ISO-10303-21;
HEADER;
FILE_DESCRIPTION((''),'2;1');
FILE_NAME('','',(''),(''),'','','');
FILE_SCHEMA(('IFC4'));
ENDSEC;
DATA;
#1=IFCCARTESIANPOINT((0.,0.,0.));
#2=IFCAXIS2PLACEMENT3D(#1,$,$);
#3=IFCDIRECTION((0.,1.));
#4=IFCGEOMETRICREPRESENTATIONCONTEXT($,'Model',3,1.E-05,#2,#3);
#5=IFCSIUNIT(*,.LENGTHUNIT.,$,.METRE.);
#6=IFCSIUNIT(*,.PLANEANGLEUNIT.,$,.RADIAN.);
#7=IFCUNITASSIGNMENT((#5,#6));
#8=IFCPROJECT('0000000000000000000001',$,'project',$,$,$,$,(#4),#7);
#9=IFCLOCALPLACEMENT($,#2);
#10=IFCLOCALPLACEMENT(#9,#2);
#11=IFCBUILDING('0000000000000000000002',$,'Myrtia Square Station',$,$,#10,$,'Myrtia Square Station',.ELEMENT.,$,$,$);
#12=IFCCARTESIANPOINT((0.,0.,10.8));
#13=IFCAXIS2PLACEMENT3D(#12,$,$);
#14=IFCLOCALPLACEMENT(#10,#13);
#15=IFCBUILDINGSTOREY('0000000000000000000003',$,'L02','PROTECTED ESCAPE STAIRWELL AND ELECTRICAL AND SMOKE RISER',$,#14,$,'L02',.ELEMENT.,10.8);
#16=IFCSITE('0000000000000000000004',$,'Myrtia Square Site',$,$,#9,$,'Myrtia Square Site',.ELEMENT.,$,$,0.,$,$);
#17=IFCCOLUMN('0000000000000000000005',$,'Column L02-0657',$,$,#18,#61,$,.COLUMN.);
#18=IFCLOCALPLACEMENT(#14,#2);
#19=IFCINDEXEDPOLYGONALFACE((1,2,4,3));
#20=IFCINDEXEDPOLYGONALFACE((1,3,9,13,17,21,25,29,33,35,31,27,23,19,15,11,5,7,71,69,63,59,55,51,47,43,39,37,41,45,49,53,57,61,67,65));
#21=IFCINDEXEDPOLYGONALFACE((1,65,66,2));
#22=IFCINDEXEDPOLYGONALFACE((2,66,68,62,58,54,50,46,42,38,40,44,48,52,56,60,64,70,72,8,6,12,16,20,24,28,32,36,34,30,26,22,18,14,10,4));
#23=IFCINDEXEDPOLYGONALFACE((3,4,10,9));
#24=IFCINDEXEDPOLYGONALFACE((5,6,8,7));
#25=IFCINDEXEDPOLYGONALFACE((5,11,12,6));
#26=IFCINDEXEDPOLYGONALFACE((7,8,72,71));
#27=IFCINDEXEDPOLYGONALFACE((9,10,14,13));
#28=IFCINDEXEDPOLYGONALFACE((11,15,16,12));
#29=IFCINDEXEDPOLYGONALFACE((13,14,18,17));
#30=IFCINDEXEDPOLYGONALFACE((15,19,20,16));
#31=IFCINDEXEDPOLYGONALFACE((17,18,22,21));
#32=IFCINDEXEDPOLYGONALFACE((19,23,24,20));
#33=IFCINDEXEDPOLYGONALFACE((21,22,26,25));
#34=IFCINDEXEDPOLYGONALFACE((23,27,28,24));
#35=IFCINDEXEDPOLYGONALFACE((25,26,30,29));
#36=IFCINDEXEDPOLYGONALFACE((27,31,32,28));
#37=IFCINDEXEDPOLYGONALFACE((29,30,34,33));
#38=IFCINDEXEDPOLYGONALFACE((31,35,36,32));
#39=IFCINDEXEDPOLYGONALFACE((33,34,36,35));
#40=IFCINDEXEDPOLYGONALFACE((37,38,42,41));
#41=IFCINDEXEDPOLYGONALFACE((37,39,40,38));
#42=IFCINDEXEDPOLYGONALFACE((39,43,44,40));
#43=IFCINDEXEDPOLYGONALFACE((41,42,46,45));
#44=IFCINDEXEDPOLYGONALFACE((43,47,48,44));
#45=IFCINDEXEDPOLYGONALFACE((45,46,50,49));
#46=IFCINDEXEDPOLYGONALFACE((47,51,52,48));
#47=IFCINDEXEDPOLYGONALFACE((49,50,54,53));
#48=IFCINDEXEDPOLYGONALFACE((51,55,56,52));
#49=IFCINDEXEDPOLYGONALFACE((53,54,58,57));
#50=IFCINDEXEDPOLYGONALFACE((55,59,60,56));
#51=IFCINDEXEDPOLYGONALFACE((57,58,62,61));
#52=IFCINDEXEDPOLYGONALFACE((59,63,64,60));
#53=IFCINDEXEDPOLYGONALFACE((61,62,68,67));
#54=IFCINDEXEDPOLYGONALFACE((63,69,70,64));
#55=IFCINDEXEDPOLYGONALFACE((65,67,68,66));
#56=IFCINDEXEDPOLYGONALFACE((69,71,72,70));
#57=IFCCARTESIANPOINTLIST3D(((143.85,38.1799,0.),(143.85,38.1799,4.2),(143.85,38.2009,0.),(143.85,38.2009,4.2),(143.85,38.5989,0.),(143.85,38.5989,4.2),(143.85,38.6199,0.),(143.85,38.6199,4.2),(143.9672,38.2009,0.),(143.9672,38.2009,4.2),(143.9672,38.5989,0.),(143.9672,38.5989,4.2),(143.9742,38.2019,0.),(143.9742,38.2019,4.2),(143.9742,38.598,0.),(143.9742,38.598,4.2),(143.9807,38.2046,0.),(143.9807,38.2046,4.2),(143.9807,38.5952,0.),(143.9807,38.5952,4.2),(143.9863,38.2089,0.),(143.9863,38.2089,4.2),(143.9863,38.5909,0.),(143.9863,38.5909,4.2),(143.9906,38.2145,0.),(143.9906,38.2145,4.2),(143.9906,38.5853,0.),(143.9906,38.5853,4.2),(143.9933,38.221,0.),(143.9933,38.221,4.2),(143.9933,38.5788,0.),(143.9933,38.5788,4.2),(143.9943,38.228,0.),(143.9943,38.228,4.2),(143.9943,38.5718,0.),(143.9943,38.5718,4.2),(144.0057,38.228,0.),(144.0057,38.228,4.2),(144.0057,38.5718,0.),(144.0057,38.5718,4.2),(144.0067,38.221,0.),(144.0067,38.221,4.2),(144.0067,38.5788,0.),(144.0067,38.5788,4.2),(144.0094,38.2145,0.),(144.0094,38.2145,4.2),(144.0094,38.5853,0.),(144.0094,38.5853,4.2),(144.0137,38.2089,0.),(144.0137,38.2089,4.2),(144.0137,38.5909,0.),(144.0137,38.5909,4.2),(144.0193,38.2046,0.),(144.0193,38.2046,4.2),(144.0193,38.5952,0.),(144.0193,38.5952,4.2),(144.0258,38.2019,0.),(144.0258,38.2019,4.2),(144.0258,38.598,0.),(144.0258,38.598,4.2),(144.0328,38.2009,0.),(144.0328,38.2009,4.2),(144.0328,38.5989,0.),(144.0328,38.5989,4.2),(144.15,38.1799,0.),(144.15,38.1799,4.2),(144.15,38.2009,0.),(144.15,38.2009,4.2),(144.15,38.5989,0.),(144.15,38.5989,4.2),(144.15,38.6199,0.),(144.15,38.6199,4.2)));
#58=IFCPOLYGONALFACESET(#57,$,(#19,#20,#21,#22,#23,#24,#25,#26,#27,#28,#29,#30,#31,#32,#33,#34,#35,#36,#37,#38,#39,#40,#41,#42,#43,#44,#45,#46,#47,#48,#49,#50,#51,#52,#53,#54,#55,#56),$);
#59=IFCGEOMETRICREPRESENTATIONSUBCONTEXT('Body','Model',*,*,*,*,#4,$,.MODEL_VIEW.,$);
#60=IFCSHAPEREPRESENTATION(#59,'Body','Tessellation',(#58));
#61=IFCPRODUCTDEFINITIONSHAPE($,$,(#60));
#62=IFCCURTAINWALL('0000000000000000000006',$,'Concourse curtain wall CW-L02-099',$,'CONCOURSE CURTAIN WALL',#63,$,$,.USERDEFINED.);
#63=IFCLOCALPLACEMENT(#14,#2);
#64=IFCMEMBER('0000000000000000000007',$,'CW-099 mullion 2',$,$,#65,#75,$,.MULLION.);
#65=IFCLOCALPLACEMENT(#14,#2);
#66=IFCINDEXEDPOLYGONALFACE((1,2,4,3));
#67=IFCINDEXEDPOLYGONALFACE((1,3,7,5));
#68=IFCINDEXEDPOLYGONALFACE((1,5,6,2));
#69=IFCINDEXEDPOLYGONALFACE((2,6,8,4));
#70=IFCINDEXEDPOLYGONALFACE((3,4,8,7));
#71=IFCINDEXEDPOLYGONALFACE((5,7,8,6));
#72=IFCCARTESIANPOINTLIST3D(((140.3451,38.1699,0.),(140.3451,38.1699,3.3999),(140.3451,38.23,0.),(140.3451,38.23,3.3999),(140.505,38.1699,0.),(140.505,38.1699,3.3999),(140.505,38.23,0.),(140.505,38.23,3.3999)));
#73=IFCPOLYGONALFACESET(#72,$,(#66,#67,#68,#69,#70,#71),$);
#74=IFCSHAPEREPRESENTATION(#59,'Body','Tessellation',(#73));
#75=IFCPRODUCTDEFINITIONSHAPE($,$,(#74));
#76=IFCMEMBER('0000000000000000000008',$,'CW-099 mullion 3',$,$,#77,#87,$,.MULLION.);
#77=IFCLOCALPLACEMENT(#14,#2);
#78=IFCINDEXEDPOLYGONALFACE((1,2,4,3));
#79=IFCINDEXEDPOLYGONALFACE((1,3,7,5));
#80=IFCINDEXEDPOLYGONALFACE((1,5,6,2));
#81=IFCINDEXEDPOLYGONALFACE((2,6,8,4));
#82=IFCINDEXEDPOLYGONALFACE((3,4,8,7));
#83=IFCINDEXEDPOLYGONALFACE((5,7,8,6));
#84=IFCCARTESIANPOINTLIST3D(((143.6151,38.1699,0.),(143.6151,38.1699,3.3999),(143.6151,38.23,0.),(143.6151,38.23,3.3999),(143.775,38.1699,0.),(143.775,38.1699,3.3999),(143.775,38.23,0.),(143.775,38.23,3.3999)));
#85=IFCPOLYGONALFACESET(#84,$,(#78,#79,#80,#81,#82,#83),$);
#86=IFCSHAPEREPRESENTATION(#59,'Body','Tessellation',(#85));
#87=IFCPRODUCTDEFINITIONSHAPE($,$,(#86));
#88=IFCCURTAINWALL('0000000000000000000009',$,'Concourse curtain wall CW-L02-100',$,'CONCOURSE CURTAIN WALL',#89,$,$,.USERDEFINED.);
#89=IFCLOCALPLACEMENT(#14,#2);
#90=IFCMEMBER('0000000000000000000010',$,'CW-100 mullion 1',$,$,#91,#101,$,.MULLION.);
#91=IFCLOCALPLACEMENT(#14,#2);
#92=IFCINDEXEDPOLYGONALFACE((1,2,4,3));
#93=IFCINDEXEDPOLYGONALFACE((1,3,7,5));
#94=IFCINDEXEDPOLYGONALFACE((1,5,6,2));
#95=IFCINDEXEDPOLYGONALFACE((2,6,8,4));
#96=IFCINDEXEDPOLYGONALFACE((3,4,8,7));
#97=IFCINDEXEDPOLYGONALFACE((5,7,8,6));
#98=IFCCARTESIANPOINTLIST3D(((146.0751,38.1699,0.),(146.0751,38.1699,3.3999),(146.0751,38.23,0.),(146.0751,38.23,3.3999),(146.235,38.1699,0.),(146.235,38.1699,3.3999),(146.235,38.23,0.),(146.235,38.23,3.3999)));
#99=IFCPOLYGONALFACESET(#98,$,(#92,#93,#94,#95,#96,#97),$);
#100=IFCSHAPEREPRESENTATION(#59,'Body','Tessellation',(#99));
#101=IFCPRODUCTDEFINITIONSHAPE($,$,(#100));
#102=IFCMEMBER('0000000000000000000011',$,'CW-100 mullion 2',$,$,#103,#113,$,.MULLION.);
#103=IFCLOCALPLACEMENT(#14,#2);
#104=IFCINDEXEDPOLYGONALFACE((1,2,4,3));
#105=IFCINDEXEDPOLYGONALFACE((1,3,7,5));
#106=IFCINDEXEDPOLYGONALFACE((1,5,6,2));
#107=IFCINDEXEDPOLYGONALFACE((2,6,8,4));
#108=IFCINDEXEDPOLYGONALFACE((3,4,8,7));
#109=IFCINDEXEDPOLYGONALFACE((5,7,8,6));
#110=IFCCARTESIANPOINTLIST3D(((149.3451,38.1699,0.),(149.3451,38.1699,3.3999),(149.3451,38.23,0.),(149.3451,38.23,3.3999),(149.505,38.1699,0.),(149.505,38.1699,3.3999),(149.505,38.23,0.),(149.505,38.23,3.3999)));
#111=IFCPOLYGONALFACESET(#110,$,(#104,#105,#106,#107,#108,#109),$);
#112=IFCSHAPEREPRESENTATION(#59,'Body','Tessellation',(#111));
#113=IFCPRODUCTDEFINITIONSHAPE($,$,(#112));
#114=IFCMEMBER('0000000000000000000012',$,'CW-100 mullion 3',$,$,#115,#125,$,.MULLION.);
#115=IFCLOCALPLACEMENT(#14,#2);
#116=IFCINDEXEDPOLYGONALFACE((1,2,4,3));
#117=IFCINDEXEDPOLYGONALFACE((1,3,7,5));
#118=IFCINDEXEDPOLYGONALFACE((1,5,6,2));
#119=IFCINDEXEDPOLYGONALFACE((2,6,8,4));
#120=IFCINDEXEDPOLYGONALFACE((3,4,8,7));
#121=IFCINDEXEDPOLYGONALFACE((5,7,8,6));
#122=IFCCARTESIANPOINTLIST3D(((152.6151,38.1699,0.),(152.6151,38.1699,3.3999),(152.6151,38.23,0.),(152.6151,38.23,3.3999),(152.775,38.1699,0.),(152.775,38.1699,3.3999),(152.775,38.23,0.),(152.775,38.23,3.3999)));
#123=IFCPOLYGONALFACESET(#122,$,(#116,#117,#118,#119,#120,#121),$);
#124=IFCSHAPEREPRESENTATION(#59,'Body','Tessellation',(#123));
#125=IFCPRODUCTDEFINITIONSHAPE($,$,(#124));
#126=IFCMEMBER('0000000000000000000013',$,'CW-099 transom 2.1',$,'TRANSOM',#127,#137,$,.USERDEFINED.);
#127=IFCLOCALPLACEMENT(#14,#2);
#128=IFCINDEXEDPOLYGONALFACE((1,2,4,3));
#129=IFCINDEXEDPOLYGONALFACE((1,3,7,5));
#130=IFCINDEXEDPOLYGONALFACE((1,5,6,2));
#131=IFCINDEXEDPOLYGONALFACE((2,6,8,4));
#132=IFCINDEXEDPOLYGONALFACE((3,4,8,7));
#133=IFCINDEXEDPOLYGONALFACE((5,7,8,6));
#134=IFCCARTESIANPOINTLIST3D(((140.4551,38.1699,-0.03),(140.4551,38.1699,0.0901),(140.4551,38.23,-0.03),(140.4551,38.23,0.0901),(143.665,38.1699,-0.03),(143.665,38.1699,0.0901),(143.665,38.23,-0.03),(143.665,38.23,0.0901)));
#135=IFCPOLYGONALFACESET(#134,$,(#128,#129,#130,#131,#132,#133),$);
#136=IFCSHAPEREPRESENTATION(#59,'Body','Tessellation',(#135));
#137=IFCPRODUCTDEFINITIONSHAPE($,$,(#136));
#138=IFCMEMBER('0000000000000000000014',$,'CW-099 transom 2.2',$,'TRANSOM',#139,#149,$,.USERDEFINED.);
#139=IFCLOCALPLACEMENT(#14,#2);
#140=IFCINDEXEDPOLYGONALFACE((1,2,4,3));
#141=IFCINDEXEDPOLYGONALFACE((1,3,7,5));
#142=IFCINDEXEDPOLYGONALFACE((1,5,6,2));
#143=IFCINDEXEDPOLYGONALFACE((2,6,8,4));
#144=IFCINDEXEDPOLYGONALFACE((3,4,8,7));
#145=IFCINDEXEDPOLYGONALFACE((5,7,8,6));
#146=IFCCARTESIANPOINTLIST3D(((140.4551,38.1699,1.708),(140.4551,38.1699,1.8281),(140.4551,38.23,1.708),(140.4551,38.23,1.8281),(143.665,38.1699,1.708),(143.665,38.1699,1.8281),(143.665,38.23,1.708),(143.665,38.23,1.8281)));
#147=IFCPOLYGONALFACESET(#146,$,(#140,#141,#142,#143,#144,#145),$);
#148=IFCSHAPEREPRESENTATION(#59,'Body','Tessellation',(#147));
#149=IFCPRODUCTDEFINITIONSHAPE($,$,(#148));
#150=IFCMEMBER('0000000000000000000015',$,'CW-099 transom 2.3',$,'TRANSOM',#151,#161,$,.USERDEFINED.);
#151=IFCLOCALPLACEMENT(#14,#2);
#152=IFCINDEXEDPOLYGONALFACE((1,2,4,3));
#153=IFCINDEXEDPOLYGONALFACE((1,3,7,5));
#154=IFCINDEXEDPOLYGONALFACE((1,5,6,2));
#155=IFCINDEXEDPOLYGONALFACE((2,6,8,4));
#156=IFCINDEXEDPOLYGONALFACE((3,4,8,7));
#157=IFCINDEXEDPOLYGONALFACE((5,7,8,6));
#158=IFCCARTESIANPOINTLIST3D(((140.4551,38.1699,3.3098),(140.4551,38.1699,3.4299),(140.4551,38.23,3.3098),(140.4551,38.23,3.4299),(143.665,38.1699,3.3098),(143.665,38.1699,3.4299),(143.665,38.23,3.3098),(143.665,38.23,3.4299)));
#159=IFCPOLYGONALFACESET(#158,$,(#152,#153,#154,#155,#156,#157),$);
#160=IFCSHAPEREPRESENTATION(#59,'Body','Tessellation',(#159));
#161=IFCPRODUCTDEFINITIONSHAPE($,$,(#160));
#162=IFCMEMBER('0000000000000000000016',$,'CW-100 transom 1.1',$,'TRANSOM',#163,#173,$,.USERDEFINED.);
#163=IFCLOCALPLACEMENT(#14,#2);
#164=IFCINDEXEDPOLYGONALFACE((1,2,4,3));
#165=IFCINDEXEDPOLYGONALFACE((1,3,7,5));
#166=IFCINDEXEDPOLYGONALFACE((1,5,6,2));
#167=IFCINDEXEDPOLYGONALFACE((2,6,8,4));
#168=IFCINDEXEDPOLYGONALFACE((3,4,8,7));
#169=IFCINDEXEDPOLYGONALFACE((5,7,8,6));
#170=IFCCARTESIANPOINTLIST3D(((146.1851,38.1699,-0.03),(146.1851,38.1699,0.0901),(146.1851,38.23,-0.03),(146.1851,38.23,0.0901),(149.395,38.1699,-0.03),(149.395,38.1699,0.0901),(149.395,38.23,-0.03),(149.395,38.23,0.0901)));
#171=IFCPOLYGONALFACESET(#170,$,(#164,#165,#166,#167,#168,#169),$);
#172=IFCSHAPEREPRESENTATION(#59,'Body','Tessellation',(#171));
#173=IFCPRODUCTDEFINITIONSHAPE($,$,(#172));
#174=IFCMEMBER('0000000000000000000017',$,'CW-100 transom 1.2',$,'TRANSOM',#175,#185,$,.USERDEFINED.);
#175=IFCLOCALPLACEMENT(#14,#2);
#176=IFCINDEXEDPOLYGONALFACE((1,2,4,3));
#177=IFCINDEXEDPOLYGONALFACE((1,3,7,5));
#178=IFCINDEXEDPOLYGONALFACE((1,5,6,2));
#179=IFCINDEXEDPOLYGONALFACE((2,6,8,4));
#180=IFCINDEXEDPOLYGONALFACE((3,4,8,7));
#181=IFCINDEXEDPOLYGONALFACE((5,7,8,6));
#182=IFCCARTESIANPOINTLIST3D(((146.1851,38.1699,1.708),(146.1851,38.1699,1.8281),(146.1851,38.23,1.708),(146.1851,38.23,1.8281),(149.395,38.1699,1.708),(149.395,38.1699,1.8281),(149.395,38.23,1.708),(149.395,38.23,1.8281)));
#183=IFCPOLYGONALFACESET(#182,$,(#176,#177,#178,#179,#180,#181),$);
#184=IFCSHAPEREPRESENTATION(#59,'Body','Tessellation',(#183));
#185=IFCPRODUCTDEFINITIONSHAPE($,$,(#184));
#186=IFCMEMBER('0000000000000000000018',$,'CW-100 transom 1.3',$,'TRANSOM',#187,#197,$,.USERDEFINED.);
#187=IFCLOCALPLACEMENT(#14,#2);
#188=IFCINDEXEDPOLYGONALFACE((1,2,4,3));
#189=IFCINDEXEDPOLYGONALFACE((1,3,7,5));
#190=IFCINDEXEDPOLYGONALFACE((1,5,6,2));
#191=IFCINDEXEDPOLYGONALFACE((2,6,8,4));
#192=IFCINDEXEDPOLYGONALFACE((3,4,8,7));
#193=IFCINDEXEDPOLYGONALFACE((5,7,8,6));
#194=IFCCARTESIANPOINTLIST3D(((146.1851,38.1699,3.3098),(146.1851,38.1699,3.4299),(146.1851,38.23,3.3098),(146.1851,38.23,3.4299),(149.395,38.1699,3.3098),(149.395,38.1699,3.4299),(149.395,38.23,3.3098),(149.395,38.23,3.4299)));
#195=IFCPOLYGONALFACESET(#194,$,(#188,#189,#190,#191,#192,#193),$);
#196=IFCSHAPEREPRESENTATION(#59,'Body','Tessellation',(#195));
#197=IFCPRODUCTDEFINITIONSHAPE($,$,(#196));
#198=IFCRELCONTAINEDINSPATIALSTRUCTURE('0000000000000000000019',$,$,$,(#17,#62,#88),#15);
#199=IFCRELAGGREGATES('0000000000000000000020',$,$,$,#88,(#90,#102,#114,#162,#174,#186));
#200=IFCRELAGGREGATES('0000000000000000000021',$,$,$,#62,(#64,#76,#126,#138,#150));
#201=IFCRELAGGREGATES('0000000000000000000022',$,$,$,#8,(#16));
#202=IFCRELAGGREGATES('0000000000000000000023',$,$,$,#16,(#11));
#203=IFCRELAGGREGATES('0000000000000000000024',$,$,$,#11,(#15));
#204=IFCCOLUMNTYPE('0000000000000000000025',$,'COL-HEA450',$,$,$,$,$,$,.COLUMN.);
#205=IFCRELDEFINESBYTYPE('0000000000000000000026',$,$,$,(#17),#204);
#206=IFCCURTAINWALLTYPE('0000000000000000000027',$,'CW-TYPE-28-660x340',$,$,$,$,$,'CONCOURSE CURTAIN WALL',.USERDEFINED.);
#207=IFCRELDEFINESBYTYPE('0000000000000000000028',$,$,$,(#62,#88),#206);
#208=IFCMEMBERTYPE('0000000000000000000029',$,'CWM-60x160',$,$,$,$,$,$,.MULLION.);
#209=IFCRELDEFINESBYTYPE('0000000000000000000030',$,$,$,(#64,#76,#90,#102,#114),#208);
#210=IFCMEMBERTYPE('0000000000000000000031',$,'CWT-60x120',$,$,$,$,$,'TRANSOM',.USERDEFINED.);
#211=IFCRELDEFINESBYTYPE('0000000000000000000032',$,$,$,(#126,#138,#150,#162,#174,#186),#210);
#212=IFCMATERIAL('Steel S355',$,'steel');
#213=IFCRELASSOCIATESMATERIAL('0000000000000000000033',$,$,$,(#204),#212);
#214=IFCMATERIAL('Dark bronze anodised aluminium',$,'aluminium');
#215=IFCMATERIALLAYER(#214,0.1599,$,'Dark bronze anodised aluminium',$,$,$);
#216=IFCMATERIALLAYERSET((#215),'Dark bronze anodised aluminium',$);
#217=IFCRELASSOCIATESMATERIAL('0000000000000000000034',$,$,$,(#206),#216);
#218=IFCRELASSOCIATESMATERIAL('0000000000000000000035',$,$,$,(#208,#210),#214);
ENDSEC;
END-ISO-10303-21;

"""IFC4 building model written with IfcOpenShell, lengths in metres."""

from ifc_helpers import new_model, si_unit, direction, frame, origin, origin_2d, place, context, subcontext, project, spatial, rectangle, i_section, extrude, material, layer, layer_set, material_profile, profile_set, type_object, element, aggregate, save


model = new_model("IFC4")

# Units and contexts
model_context = context("Model", 3, precision=1e-05, world=origin(), true_north=direction((0.0, 1.0)))
body_context = subcontext(model_context, "Body", "Model", "MODEL_VIEW")
ifc_project = project(units=[si_unit("LENGTHUNIT", "METRE"), si_unit("PLANEANGLEUNIT", "RADIAN")], contexts=[model_context])

# Site, building, storey
site_placement = place(None, origin())
site = spatial("IfcSite", under=ifc_project, at=site_placement, Name="Myrtia Square Site", LongName="Myrtia Square Site", CompositionType="ELEMENT", RefElevation=0.0)
building_placement = place(site_placement, origin())
building = spatial("IfcBuilding", under=site, at=building_placement, Name="Myrtia Square Station", LongName="Myrtia Square Station", CompositionType="ELEMENT")
storey_placement = place(building_placement, frame((0.0, 0.0, 10.8)))
storey = spatial("IfcBuildingStorey", under=building, at=storey_placement, Name="L02", Description="PROTECTED ESCAPE STAIRWELL AND ELECTRICAL AND SMOKE RISER", LongName="L02", CompositionType="ELEMENT", Elevation=10.8)

# Column
ifc_material_1 = material(Name="Steel S355", Category="steel")
ifc_material_profile_1 = material_profile(ifc_material_1, i_section(OverallWidth=0.3, OverallDepth=0.4399, WebThickness=0.0115, FlangeThickness=0.021, FilletRadius=0.0271, at=origin_2d()), Name="HEA 450")
ifc_profile_set_1 = profile_set([ifc_material_profile_1], Name="Steel S355")
column_type = type_object("IfcColumnType", Name="COL-HEA450", PredefinedType="COLUMN", material=ifc_profile_set_1)
column_placement = place(storey_placement, frame((144.0, 38.3999, 0.0), z_axis=(0.0, 0.0, 1.0), x_axis=(1.0, 0.0, 0.0)))
element("IfcColumn", 1, at=column_placement, inside=storey, type_object=column_type, Name="Column L02-0657", PredefinedType="COLUMN", context=body_context, shape_type="SweptSolid", body=[
    extrude(i_section(OverallWidth=0.3, OverallDepth=0.4399, WebThickness=0.0115, FlangeThickness=0.021, FilletRadius=0.0271, at=origin_2d()), origin(), (0.0, 0.0, 1.0), 4.2),
])

# Curtain walls, members
ifc_material_2 = material(Name="Dark bronze anodised aluminium", Category="aluminium")
ifc_layer_1 = layer(ifc_material_2, 0.1599, Name="Dark bronze anodised aluminium")
ifc_layer_set_1 = layer_set([ifc_layer_1], Name="Dark bronze anodised aluminium")
curtain_wall_type = type_object("IfcCurtainWallType", Name="CW-TYPE-28-660x340", ElementType="CONCOURSE CURTAIN WALL", PredefinedType="USERDEFINED", material=ifc_layer_set_1)
curtain_wall_1_placement = place(storey_placement, origin())
curtain_wall_1 = element("IfcCurtainWall", 2, at=curtain_wall_1_placement, inside=storey, type_object=curtain_wall_type, Name="Concourse curtain wall CW-L02-099", ObjectType="CONCOURSE CURTAIN WALL", PredefinedType="USERDEFINED")
ifc_material_profile_2 = material_profile(ifc_material_2, rectangle(XDim=0.0601, YDim=0.1599, at=origin_2d()), Name="ALU-M 60x160")
ifc_profile_set_2 = profile_set([ifc_material_profile_2], Name="Dark bronze anodised aluminium")
member_type_1 = type_object("IfcMemberType", Name="CWM-60x160", PredefinedType="MULLION", material=ifc_profile_set_2)
member_1_placement = place(storey_placement, frame((140.425, 38.2, 0.0), z_axis=(0.0, 0.0, 1.0), x_axis=(0.0, 1.0, 0.0)))
member_1 = element("IfcMember", 3, at=member_1_placement, type_object=member_type_1, Name="CW-099 mullion 2", PredefinedType="MULLION", context=body_context, shape_type="SweptSolid", body=[
    extrude(rectangle(XDim=0.0601, YDim=0.1599, at=origin_2d()), origin(), (0.0, 0.0, 1.0), 3.3999),
])
member_2_placement = place(storey_placement, frame((143.6951, 38.2, 0.0), z_axis=(0.0, 0.0, 1.0), x_axis=(0.0, 1.0, 0.0)))
member_2 = element("IfcMember", 4, at=member_2_placement, type_object=member_type_1, Name="CW-099 mullion 3", PredefinedType="MULLION", context=body_context, shape_type="SweptSolid", body=[
    extrude(rectangle(XDim=0.0601, YDim=0.1599, at=origin_2d()), origin(), (0.0, 0.0, 1.0), 3.3999),
])
curtain_wall_2_placement = place(storey_placement, origin())
curtain_wall_2 = element("IfcCurtainWall", 5, at=curtain_wall_2_placement, inside=storey, type_object=curtain_wall_type, Name="Concourse curtain wall CW-L02-100", ObjectType="CONCOURSE CURTAIN WALL", PredefinedType="USERDEFINED")
member_3_placement = place(storey_placement, frame((146.155, 38.2, 0.0), z_axis=(0.0, 0.0, 1.0), x_axis=(0.0, 1.0, 0.0)))
member_3 = element("IfcMember", 6, at=member_3_placement, type_object=member_type_1, Name="CW-100 mullion 1", PredefinedType="MULLION", context=body_context, shape_type="SweptSolid", body=[
    extrude(rectangle(XDim=0.0601, YDim=0.1599, at=origin_2d()), origin(), (0.0, 0.0, 1.0), 3.3999),
])
member_4_placement = place(storey_placement, frame((149.425, 38.2, 0.0), z_axis=(0.0, 0.0, 1.0), x_axis=(0.0, 1.0, 0.0)))
member_4 = element("IfcMember", 7, at=member_4_placement, type_object=member_type_1, Name="CW-100 mullion 2", PredefinedType="MULLION", context=body_context, shape_type="SweptSolid", body=[
    extrude(rectangle(XDim=0.0601, YDim=0.1599, at=origin_2d()), origin(), (0.0, 0.0, 1.0), 3.3999),
])
member_5_placement = place(storey_placement, frame((152.6951, 38.2, 0.0), z_axis=(0.0, 0.0, 1.0), x_axis=(0.0, 1.0, 0.0)))
member_5 = element("IfcMember", 8, at=member_5_placement, type_object=member_type_1, Name="CW-100 mullion 3", PredefinedType="MULLION", context=body_context, shape_type="SweptSolid", body=[
    extrude(rectangle(XDim=0.0601, YDim=0.1599, at=origin_2d()), origin(), (0.0, 0.0, 1.0), 3.3999),
])

# Members
ifc_material_profile_3 = material_profile(ifc_material_2, rectangle(XDim=0.0601, YDim=0.1201, at=origin_2d()), Name="ALU-T 60x120")
ifc_profile_set_3 = profile_set([ifc_material_profile_3], Name="Dark bronze anodised aluminium")
member_type_2 = type_object("IfcMemberType", Name="CWT-60x120", ElementType="TRANSOM", PredefinedType="USERDEFINED", material=ifc_profile_set_3)
member_6_placement = place(storey_placement, frame((140.4551, 38.2, 0.03), z_axis=(1.0, 0.0, 0.0), x_axis=(0.0, 1.0, 0.0)))
member_6 = element("IfcMember", 9, at=member_6_placement, type_object=member_type_2, Name="CW-099 transom 2.1", ObjectType="TRANSOM", PredefinedType="USERDEFINED", context=body_context, shape_type="SweptSolid", body=[
    extrude(rectangle(XDim=0.0601, YDim=0.1201, at=origin_2d()), origin(), (0.0, 0.0, 1.0), 3.21),
])
member_7_placement = place(storey_placement, frame((140.4551, 38.2, 1.7681), z_axis=(1.0, 0.0, 0.0), x_axis=(0.0, 1.0, 0.0)))
member_7 = element("IfcMember", 10, at=member_7_placement, type_object=member_type_2, Name="CW-099 transom 2.2", ObjectType="TRANSOM", PredefinedType="USERDEFINED", context=body_context, shape_type="SweptSolid", body=[
    extrude(rectangle(XDim=0.0601, YDim=0.1201, at=origin_2d()), origin(), (0.0, 0.0, 1.0), 3.21),
])
member_8_placement = place(storey_placement, frame((140.4551, 38.2, 3.3699), z_axis=(1.0, 0.0, 0.0), x_axis=(0.0, 1.0, 0.0)))
member_8 = element("IfcMember", 11, at=member_8_placement, type_object=member_type_2, Name="CW-099 transom 2.3", ObjectType="TRANSOM", PredefinedType="USERDEFINED", context=body_context, shape_type="SweptSolid", body=[
    extrude(rectangle(XDim=0.0601, YDim=0.1201, at=origin_2d()), origin(), (0.0, 0.0, 1.0), 3.21),
])
member_9_placement = place(storey_placement, frame((146.1851, 38.2, 0.03), z_axis=(1.0, 0.0, 0.0), x_axis=(0.0, 1.0, 0.0)))
member_9 = element("IfcMember", 12, at=member_9_placement, type_object=member_type_2, Name="CW-100 transom 1.1", ObjectType="TRANSOM", PredefinedType="USERDEFINED", context=body_context, shape_type="SweptSolid", body=[
    extrude(rectangle(XDim=0.0601, YDim=0.1201, at=origin_2d()), origin(), (0.0, 0.0, 1.0), 3.21),
])
member_10_placement = place(storey_placement, frame((146.1851, 38.2, 1.7681), z_axis=(1.0, 0.0, 0.0), x_axis=(0.0, 1.0, 0.0)))
member_10 = element("IfcMember", 13, at=member_10_placement, type_object=member_type_2, Name="CW-100 transom 1.2", ObjectType="TRANSOM", PredefinedType="USERDEFINED", context=body_context, shape_type="SweptSolid", body=[
    extrude(rectangle(XDim=0.0601, YDim=0.1201, at=origin_2d()), origin(), (0.0, 0.0, 1.0), 3.21),
])
member_11_placement = place(storey_placement, frame((146.1851, 38.2, 3.3699), z_axis=(1.0, 0.0, 0.0), x_axis=(0.0, 1.0, 0.0)))
member_11 = element("IfcMember", 14, at=member_11_placement, type_object=member_type_2, Name="CW-100 transom 1.3", ObjectType="TRANSOM", PredefinedType="USERDEFINED", context=body_context, shape_type="SweptSolid", body=[
    extrude(rectangle(XDim=0.0601, YDim=0.1201, at=origin_2d()), origin(), (0.0, 0.0, 1.0), 3.21),
])

aggregate(curtain_wall_2, [member_3, member_4, member_5, member_9, member_10, member_11])
aggregate(curtain_wall_1, [member_1, member_2, member_6, member_7, member_8])

save(model, "model.ifc")
